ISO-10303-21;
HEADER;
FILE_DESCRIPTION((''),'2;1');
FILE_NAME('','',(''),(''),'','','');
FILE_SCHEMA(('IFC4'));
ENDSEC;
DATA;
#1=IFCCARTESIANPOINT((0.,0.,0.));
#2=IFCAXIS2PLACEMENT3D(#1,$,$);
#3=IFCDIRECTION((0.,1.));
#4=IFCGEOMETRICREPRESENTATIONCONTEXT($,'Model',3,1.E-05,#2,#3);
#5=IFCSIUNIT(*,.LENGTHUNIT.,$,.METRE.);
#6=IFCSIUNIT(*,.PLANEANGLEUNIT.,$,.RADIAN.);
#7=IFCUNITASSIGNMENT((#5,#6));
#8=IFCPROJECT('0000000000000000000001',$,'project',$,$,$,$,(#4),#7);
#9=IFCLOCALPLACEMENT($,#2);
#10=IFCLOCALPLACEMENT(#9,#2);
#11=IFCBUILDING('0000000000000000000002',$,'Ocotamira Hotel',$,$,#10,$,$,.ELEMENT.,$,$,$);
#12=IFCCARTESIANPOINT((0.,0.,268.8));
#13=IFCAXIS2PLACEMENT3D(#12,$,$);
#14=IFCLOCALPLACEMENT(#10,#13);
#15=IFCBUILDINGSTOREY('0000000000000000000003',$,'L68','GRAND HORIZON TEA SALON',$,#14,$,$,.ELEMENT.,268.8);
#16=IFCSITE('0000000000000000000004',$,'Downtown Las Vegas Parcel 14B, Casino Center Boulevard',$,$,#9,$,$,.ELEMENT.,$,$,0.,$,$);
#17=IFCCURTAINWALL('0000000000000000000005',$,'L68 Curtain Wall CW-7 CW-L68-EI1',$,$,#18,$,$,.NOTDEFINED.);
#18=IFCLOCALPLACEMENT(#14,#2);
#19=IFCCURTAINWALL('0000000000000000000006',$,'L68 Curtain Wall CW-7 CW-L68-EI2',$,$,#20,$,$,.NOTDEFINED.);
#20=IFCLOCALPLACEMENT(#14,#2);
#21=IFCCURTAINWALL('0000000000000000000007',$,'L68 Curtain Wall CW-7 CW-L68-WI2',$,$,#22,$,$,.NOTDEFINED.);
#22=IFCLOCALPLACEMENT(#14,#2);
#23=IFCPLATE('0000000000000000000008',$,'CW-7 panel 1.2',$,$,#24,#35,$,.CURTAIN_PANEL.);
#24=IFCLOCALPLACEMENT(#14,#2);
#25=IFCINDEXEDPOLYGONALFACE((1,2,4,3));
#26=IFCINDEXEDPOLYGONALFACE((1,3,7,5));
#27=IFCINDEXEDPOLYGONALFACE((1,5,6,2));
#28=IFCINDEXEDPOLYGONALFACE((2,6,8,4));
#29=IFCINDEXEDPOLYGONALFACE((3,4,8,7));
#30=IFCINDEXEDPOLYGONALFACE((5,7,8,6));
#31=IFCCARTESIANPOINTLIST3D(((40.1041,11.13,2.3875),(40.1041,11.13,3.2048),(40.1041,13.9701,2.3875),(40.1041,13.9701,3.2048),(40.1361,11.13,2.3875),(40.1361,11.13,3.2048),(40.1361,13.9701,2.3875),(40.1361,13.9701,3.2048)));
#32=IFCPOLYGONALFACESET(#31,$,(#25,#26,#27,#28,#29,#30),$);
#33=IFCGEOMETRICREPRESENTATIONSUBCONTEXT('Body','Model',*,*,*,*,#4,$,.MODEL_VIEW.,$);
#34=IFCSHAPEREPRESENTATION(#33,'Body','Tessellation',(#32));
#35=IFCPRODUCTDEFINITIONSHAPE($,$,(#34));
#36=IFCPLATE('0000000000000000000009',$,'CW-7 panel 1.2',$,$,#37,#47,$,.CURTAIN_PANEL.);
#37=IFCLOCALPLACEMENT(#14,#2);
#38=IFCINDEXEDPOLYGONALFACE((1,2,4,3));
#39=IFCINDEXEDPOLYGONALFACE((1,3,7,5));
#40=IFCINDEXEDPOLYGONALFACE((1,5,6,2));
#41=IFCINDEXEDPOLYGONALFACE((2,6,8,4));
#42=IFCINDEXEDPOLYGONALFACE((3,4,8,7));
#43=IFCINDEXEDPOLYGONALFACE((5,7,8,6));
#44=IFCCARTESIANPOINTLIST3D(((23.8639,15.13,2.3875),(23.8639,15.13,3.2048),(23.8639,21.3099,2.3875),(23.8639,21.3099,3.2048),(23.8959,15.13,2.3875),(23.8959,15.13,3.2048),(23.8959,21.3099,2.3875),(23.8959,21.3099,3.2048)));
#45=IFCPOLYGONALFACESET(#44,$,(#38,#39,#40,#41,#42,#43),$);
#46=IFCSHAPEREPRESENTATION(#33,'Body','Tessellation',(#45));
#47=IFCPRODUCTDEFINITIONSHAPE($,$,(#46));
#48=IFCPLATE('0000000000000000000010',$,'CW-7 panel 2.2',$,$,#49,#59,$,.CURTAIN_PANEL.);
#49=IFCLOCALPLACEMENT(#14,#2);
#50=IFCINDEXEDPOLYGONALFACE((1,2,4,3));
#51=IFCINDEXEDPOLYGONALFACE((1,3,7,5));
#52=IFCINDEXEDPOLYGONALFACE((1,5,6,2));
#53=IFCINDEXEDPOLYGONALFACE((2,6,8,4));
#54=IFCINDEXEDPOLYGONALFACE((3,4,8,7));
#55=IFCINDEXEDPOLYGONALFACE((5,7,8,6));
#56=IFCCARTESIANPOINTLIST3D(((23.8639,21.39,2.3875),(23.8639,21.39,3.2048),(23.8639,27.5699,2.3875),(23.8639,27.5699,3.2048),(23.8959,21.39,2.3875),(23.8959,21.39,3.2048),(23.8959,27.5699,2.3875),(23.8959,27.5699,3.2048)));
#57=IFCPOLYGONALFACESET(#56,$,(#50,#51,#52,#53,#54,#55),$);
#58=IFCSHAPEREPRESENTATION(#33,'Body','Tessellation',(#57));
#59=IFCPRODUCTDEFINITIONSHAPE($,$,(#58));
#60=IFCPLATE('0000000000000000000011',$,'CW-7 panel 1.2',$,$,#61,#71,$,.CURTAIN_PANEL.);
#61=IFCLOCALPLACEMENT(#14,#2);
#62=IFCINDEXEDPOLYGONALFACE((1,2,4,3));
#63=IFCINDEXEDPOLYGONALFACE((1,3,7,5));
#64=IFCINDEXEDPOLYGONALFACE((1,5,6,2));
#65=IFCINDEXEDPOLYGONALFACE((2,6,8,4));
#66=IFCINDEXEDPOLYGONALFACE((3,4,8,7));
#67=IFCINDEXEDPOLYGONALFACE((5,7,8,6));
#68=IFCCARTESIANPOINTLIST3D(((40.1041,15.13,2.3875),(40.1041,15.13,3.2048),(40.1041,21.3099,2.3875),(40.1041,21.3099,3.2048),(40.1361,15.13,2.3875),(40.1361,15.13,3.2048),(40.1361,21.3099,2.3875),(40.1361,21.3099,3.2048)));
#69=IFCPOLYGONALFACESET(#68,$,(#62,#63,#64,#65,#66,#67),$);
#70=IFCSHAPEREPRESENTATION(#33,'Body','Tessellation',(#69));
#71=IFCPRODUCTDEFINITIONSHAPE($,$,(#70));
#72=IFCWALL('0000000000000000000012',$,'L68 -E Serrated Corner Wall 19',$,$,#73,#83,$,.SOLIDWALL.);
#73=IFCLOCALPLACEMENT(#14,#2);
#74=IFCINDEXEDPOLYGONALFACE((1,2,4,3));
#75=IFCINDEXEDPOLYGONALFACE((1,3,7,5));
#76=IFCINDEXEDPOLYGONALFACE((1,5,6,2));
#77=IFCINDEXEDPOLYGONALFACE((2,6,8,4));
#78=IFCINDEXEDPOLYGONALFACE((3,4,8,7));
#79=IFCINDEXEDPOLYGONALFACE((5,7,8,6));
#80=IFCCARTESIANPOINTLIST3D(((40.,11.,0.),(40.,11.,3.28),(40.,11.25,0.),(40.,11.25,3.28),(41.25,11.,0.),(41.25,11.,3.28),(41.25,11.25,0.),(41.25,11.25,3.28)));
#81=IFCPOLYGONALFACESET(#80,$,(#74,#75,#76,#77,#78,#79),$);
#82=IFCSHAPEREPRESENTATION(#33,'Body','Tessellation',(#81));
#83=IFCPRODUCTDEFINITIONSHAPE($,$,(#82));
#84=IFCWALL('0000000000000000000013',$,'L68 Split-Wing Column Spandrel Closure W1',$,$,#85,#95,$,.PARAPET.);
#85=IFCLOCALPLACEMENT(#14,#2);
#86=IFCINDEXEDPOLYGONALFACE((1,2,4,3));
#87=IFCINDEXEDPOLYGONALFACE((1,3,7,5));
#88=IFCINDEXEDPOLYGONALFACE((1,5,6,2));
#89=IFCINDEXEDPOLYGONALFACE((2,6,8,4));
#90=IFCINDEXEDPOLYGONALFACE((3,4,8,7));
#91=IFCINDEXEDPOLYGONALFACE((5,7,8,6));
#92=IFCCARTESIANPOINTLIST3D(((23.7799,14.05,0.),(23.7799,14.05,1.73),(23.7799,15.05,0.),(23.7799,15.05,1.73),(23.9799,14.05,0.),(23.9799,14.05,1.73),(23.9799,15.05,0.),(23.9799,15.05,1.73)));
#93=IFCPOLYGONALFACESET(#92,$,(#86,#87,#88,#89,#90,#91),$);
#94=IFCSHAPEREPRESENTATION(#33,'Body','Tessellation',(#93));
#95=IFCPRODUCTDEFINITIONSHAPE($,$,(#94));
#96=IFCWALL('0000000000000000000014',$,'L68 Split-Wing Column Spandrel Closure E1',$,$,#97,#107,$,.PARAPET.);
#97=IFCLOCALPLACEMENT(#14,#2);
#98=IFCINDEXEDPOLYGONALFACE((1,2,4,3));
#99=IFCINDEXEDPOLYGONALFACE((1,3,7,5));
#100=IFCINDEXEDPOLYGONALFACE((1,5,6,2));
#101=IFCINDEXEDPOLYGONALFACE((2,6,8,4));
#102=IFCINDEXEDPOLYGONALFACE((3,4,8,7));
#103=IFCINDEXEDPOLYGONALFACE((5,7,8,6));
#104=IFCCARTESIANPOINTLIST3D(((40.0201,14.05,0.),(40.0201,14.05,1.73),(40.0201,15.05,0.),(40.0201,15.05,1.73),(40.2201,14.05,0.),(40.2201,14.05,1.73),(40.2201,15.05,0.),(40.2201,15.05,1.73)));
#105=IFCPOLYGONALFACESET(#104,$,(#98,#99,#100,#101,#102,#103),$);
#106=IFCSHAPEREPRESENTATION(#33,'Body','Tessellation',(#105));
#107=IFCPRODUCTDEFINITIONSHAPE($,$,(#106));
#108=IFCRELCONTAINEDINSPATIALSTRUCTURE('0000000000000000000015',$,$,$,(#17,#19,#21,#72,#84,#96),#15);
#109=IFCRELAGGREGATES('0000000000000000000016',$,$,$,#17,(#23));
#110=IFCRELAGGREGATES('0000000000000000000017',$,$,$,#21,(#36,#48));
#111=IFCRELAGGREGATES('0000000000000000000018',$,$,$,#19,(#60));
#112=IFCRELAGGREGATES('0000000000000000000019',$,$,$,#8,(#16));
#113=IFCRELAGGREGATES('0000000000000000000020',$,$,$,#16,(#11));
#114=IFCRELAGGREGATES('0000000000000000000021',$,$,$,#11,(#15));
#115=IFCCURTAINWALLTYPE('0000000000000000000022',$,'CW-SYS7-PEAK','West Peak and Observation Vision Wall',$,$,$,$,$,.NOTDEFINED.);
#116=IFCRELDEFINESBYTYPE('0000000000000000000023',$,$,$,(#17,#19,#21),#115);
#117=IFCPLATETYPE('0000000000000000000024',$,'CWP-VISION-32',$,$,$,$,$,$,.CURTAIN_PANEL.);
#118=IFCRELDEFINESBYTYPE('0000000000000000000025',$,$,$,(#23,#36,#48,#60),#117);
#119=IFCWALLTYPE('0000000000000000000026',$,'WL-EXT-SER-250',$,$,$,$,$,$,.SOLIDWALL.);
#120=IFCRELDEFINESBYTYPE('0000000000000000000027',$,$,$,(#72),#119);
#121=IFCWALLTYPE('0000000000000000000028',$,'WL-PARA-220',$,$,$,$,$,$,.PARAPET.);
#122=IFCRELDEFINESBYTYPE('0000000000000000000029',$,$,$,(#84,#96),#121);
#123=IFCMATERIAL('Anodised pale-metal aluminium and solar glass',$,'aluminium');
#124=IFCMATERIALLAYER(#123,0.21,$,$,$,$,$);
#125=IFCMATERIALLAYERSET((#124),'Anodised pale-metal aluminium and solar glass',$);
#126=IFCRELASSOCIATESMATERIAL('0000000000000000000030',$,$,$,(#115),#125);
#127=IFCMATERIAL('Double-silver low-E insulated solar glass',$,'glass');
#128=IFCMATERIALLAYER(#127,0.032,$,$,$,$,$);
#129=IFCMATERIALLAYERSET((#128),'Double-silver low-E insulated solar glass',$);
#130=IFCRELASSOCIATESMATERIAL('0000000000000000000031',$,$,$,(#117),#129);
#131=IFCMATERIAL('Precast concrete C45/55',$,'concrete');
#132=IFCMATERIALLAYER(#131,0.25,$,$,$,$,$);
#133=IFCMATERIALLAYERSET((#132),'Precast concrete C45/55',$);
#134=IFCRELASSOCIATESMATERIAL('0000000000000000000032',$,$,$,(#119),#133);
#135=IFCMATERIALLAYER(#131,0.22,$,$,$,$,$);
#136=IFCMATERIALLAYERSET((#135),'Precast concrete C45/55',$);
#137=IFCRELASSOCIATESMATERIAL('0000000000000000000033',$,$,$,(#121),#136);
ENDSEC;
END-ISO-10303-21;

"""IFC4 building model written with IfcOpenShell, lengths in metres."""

from ifc_helpers import new_model, si_unit, direction, frame, frame_2d, origin, origin_2d, place, context, subcontext, project, spatial, rectangle, extrude, source, transform, mapped, material, layer, layer_set, type_object, element, aggregate, save


model = new_model("IFC4")

# Units and contexts
model_context = context("Model", 3, precision=1e-05, world=origin(), true_north=direction((0.0, 1.0)))
body_context = subcontext(model_context, "Body", "Model", "MODEL_VIEW")
ifc_project = project(units=[si_unit("LENGTHUNIT", "METRE"), si_unit("PLANEANGLEUNIT", "RADIAN")], contexts=[model_context])

# Site, building, storey
site_placement = place(None, origin())
site = spatial("IfcSite", under=ifc_project, at=site_placement, Name="Downtown Las Vegas Parcel 14B, Casino Center Boulevard", CompositionType="ELEMENT", RefElevation=0.0)
building_placement = place(site_placement, origin())
building = spatial("IfcBuilding", under=site, at=building_placement, Name="Ocotamira Hotel", CompositionType="ELEMENT")
storey_placement = place(building_placement, frame((0.0, 0.0, 268.8)))
storey = spatial("IfcBuildingStorey", under=building, at=storey_placement, Name="L68", Description="GRAND HORIZON TEA SALON", CompositionType="ELEMENT", Elevation=268.8)

# Curtain walls
ifc_material_1 = material(Name="Anodised pale-metal aluminium and solar glass", Category="aluminium")
ifc_layer_1 = layer(ifc_material_1, 0.21)
ifc_layer_set_1 = layer_set([ifc_layer_1], Name="Anodised pale-metal aluminium and solar glass")
curtain_wall_type = type_object("IfcCurtainWallType", Name="CW-SYS7-PEAK", Description="West Peak and Observation Vision Wall", PredefinedType="NOTDEFINED", material=ifc_layer_set_1)
curtain_wall_1_placement = place(storey_placement, origin())
curtain_wall_1 = element("IfcCurtainWall", 1, at=curtain_wall_1_placement, inside=storey, type_object=curtain_wall_type, Name="L68 Curtain Wall CW-7 CW-L68-EI1", PredefinedType="NOTDEFINED")
curtain_wall_2_placement = place(storey_placement, origin())
curtain_wall_2 = element("IfcCurtainWall", 2, at=curtain_wall_2_placement, inside=storey, type_object=curtain_wall_type, Name="L68 Curtain Wall CW-7 CW-L68-EI2", PredefinedType="NOTDEFINED")

# Curtain wall
curtain_wall_3_placement = place(storey_placement, origin())
curtain_wall_3 = element("IfcCurtainWall", 3, at=curtain_wall_3_placement, inside=storey, type_object=curtain_wall_type, Name="L68 Curtain Wall CW-7 CW-L68-WI2", PredefinedType="NOTDEFINED")

# Plates
ifc_material_2 = material(Name="Double-silver low-E insulated solar glass", Category="glass")
ifc_layer_2 = layer(ifc_material_2, 0.032)
ifc_layer_set_2 = layer_set([ifc_layer_2], Name="Double-silver low-E insulated solar glass")
plate_type_1 = type_object("IfcPlateType", Name="CWP-VISION-32", PredefinedType="CURTAIN_PANEL", material=ifc_layer_set_2)
shared_shape_1 = source(origin(), body_context, "Body", "SweptSolid", [
    extrude(rectangle(XDim=2.8401, YDim=0.032, at=origin_2d()), origin(), (0.0, 0.0, 1.0), 0.8174),
])
plate_1_placement = place(storey_placement, frame((40.1201, 12.55, 2.3875), z_axis=(0.0, 0.0, 1.0), x_axis=(0.0, 1.0, 0.0)))
plate_1 = element("IfcPlate", 4, at=plate_1_placement, type_object=plate_type_1, Name="CW-7 panel 1.2", PredefinedType="CURTAIN_PANEL", context=body_context, shape_type="MappedRepresentation", body=[
    mapped(shared_shape_1, transform((0.0, 0.0, 0.0), scale=1.0)),
])
aggregate(curtain_wall_1, [plate_1])
shared_shape_2 = source(origin(), body_context, "Body", "SweptSolid", [
    extrude(rectangle(XDim=6.1799, YDim=0.032, at=origin_2d()), origin(), (0.0, 0.0, 1.0), 0.8174),
])
plate_2_placement = place(storey_placement, frame((23.8799, 18.22, 2.3875), z_axis=(0.0, 0.0, 1.0), x_axis=(0.0, 1.0, 0.0)))
plate_2 = element("IfcPlate", 5, at=plate_2_placement, type_object=plate_type_1, Name="CW-7 panel 1.2", PredefinedType="CURTAIN_PANEL", context=body_context, shape_type="MappedRepresentation", body=[
    mapped(shared_shape_2, transform((0.0, 0.0, 0.0), scale=1.0)),
])
plate_3_placement = place(storey_placement, frame((23.8799, 24.48, 2.3875), z_axis=(0.0, 0.0, 1.0), x_axis=(0.0, 1.0, 0.0)))
plate_3 = element("IfcPlate", 6, at=plate_3_placement, type_object=plate_type_1, Name="CW-7 panel 2.2", PredefinedType="CURTAIN_PANEL", context=body_context, shape_type="MappedRepresentation", body=[
    mapped(shared_shape_2, transform((0.0, 0.0, 0.0), scale=1.0)),
])
aggregate(curtain_wall_3, [plate_2, plate_3])
plate_4_placement = place(storey_placement, frame((40.1201, 18.22, 2.3875), z_axis=(0.0, 0.0, 1.0), x_axis=(0.0, 1.0, 0.0)))
plate_4 = element("IfcPlate", 7, at=plate_4_placement, type_object=plate_type_1, Name="CW-7 panel 1.2", PredefinedType="CURTAIN_PANEL", context=body_context, shape_type="MappedRepresentation", body=[
    mapped(shared_shape_2, transform((0.0, 0.0, 0.0), scale=1.0)),
])
aggregate(curtain_wall_2, [plate_4])

# Walls
ifc_material_3 = material(Name="Precast concrete C45/55", Category="concrete")
ifc_layer_3 = layer(ifc_material_3, 0.25)
ifc_layer_set_3 = layer_set([ifc_layer_3], Name="Precast concrete C45/55")
wall_type_1 = type_object("IfcWallType", Name="WL-EXT-SER-250", PredefinedType="SOLIDWALL", material=ifc_layer_set_3)
wall_placement = place(storey_placement, frame((40.0, 11.125, 0.0), z_axis=(0.0, 0.0, 1.0), x_axis=(1.0, 0.0, 0.0)))
element("IfcWall", 8, at=wall_placement, inside=storey, type_object=wall_type_1, Name="L68 -E Serrated Corner Wall 19", PredefinedType="SOLIDWALL", context=body_context, shape_type="SweptSolid", body=[
    extrude(rectangle(XDim=1.25, YDim=0.25, at=frame_2d((0.625, 0.0))), origin(), (0.0, 0.0, 1.0), 3.28),
])
ifc_layer_4 = layer(ifc_material_3, 0.22)
ifc_layer_set_4 = layer_set([ifc_layer_4], Name="Precast concrete C45/55")
wall_type_2 = type_object("IfcWallType", Name="WL-PARA-220", PredefinedType="PARAPET", material=ifc_layer_set_4)
for number, where, z_axis, x_axis, name in (
    (9, (23.8799, 14.05, 0.0), (0.0, 0.0, 1.0), (0.0, 1.0, 0.0), "L68 Split-Wing Column Spandrel Closure W1"),
    (10, (40.1201, 14.05, 0.0), (0.0, 0.0, 1.0), (0.0, 1.0, 0.0), "L68 Split-Wing Column Spandrel Closure E1"),
):
    element("IfcWall", number, at=place(storey_placement, frame(where, z_axis=z_axis, x_axis=x_axis)), inside=storey, type_object=wall_type_2, Name=name, PredefinedType="PARAPET", context=body_context, shape_type="SweptSolid", body=[
        extrude(rectangle(XDim=1.0, YDim=0.2, at=frame_2d((0.5, 0.0))), origin(), (0.0, 0.0, 1.0), 1.73),
    ])

save(model, "model.ifc")
